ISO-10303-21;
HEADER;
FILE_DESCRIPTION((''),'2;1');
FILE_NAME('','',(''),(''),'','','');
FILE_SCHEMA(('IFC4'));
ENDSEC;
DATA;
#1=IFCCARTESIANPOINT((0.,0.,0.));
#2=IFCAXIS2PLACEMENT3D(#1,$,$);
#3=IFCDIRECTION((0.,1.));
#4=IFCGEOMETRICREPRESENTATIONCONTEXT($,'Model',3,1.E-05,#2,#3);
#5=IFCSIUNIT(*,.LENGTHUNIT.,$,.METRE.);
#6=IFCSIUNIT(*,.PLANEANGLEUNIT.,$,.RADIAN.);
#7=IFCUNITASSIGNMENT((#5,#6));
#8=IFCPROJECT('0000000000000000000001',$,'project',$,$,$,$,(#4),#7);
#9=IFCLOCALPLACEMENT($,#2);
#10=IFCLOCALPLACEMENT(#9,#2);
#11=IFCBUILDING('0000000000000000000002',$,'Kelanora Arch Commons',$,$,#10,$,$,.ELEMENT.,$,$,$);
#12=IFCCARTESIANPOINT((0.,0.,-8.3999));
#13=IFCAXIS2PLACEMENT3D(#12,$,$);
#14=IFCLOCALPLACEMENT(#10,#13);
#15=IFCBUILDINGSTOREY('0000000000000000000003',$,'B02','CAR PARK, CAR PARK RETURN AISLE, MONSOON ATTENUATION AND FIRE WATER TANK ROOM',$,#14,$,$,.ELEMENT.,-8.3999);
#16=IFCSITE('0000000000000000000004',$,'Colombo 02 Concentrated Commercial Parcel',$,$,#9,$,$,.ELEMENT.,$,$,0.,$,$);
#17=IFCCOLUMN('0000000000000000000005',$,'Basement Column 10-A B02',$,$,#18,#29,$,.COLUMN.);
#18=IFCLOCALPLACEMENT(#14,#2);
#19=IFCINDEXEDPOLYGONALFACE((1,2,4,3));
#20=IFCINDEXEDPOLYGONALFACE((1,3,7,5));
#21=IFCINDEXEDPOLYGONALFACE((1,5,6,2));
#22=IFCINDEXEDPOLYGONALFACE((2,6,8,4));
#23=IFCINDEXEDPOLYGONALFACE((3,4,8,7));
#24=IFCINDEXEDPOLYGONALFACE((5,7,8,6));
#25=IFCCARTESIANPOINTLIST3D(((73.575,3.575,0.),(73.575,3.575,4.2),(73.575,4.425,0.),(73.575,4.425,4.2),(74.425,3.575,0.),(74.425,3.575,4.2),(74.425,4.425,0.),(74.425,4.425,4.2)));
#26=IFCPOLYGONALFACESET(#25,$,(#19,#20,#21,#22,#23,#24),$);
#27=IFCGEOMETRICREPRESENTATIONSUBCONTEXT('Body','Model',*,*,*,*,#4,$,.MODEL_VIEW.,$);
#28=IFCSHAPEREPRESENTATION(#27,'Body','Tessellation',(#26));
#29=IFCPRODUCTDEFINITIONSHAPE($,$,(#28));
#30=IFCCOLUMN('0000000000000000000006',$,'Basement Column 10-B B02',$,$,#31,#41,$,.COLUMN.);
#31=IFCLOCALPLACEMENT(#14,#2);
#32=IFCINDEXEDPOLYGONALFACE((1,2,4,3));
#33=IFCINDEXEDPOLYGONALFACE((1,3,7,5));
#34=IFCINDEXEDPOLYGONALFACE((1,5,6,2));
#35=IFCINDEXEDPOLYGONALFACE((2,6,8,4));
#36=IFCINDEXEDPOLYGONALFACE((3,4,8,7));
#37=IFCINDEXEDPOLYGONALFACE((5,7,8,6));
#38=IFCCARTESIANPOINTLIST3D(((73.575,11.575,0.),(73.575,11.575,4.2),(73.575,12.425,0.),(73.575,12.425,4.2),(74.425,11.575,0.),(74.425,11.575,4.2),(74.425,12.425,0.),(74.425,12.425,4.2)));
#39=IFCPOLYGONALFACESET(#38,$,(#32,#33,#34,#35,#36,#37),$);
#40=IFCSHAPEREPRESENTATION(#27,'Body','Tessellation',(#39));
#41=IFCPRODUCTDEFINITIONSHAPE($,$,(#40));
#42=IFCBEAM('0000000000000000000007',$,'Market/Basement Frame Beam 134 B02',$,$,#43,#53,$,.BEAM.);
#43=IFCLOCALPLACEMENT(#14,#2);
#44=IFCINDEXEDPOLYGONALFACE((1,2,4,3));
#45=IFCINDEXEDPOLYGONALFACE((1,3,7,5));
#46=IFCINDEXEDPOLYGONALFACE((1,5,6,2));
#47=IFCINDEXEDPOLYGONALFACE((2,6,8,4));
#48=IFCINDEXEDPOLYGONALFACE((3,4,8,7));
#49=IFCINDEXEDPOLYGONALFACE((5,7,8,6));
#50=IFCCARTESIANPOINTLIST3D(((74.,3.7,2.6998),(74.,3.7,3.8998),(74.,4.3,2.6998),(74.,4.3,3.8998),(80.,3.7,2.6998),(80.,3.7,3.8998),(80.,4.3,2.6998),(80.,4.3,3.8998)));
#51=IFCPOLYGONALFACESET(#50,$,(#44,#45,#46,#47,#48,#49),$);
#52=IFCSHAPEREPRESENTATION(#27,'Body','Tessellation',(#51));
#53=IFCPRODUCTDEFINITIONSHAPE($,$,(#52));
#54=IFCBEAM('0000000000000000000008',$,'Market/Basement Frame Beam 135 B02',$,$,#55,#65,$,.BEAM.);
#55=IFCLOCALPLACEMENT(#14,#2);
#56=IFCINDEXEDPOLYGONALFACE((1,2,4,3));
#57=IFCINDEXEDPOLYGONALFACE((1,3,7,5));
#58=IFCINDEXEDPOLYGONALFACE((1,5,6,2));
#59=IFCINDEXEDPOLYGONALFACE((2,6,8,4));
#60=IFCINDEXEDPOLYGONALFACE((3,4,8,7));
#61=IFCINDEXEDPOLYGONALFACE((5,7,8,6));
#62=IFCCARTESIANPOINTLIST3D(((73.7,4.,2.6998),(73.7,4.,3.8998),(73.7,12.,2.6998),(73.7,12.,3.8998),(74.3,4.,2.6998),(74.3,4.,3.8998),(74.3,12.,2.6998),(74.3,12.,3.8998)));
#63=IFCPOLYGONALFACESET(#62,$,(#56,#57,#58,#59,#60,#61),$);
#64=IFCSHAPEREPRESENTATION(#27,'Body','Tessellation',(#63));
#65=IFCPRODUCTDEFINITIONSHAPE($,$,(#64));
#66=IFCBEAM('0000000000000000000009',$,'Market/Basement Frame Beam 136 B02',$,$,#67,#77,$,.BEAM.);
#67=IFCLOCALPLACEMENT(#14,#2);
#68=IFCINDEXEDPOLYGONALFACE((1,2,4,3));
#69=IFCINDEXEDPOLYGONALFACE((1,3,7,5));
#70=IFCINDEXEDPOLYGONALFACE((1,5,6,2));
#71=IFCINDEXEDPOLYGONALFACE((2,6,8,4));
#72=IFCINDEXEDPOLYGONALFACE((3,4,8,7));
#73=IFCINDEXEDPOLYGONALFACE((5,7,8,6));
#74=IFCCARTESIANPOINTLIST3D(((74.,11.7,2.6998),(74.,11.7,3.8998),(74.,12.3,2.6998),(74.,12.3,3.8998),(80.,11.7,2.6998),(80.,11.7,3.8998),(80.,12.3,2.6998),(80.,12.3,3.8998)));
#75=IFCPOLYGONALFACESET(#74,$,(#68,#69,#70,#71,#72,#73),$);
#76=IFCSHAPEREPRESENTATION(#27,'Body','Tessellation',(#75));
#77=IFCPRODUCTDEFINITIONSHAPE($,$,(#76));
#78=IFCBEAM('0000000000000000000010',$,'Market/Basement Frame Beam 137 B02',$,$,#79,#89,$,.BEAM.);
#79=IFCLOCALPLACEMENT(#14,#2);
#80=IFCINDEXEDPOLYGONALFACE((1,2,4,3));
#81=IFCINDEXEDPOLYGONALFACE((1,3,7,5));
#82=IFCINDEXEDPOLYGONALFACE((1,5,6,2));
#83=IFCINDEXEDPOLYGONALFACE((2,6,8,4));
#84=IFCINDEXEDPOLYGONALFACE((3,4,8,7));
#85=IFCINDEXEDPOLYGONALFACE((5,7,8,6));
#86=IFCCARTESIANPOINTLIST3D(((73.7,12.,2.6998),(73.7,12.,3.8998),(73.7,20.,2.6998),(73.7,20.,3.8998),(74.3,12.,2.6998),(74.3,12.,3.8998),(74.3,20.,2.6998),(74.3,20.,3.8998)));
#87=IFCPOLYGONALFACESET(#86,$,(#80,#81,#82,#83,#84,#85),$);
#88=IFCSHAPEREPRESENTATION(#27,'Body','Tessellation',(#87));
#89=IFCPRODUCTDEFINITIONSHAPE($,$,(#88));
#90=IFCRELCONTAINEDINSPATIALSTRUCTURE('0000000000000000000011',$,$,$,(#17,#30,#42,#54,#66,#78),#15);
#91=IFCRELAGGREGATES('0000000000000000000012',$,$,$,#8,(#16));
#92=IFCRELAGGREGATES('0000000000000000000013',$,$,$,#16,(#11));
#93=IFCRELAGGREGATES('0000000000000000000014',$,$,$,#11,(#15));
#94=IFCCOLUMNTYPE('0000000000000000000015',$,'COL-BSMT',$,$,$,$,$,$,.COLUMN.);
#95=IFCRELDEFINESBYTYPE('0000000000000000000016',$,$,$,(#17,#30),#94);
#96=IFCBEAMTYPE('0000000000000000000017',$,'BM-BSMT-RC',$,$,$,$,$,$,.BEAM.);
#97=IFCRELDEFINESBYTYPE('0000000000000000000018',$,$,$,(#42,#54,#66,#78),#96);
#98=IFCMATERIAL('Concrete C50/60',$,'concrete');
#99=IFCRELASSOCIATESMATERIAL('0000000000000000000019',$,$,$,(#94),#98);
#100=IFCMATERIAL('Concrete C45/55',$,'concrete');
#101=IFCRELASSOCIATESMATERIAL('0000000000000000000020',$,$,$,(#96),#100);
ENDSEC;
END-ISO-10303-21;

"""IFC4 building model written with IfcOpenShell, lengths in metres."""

from ifc_helpers import new_model, si_unit, direction, frame, origin, origin_2d, place, context, subcontext, project, spatial, rectangle, extrude, material, material_profile, profile_set, type_object, element, save


model = new_model("IFC4")

# Units and contexts
model_context = context("Model", 3, precision=1e-05, world=origin(), true_north=direction((0.0, 1.0)))
body_context = subcontext(model_context, "Body", "Model", "MODEL_VIEW")
ifc_project = project(units=[si_unit("LENGTHUNIT", "METRE"), si_unit("PLANEANGLEUNIT", "RADIAN")], contexts=[model_context])

# Site, building, storey
site_placement = place(None, origin())
site = spatial("IfcSite", under=ifc_project, at=site_placement, Name="Colombo 02 Concentrated Commercial Parcel", CompositionType="ELEMENT", RefElevation=0.0)
building_placement = place(site_placement, origin())
building = spatial("IfcBuilding", under=site, at=building_placement, Name="Kelanora Arch Commons", CompositionType="ELEMENT")
storey_placement = place(building_placement, frame((0.0, 0.0, -8.3999)))
storey = spatial("IfcBuildingStorey", under=building, at=storey_placement, Name="B02", Description="CAR PARK, CAR PARK RETURN AISLE, MONSOON ATTENUATION AND FIRE WATER TANK ROOM", CompositionType="ELEMENT", Elevation=-8.3999)

# Shared definitions
ifc_material_1 = material(Name="Concrete C45/55", Category="concrete")

# Columns
ifc_material_2 = material(Name="Concrete C50/60", Category="concrete")
ifc_material_profile_1 = material_profile(ifc_material_2, rectangle(XDim=0.8501, YDim=0.8501, at=origin_2d()), Name="RC850x850")
ifc_profile_set_1 = profile_set([ifc_material_profile_1], Name="Concrete C50/60")
column_type = type_object("IfcColumnType", Name="COL-BSMT", PredefinedType="COLUMN", material=ifc_profile_set_1)
for number, where, z_axis, x_axis, name in (
    (1, (74.0, 4.0, 0.0), (0.0, 0.0, 1.0), (1.0, 0.0, 0.0), "Basement Column 10-A B02"),
    (2, (74.0, 12.0, 0.0), (0.0, 0.0, 1.0), (1.0, 0.0, 0.0), "Basement Column 10-B B02"),
):
    element("IfcColumn", number, at=place(storey_placement, frame(where, z_axis=z_axis, x_axis=x_axis)), inside=storey, type_object=column_type, Name=name, PredefinedType="COLUMN", context=body_context, shape_type="SweptSolid", body=[
        extrude(rectangle(XDim=0.8501, YDim=0.8501, at=origin_2d()), origin(), (0.0, 0.0, 1.0), 4.2),
    ])

# Beams
ifc_material_profile_2 = material_profile(ifc_material_1, rectangle(XDim=0.6001, YDim=1.2, at=origin_2d()), Name="RCB600x1200")
ifc_profile_set_2 = profile_set([ifc_material_profile_2], Name="Concrete C45/55")
beam_type = type_object("IfcBeamType", Name="BM-BSMT-RC", PredefinedType="BEAM", material=ifc_profile_set_2)
beam_1_placement = place(storey_placement, frame((74.0, 4.0, 3.2998), z_axis=(1.0, 0.0, 0.0), x_axis=(0.0, 1.0, 0.0)))
element("IfcBeam", 3, at=beam_1_placement, inside=storey, type_object=beam_type, Name="Market/Basement Frame Beam 134 B02", PredefinedType="BEAM", context=body_context, shape_type="SweptSolid", body=[
    extrude(rectangle(XDim=0.6001, YDim=1.2, at=origin_2d()), origin(), (0.0, 0.0, 1.0), 6.0),
])
beam_2_placement = place(storey_placement, frame((74.0, 4.0, 3.2998), z_axis=(0.0, 1.0, 0.0), x_axis=(-1.0, 0.0, 0.0)))
element("IfcBeam", 4, at=beam_2_placement, inside=storey, type_object=beam_type, Name="Market/Basement Frame Beam 135 B02", PredefinedType="BEAM", context=body_context, shape_type="SweptSolid", body=[
    extrude(rectangle(XDim=0.6001, YDim=1.2, at=origin_2d()), origin(), (0.0, 0.0, 1.0), 8.0),
])
beam_3_placement = place(storey_placement, frame((74.0, 12.0, 3.2998), z_axis=(1.0, 0.0, 0.0), x_axis=(0.0, 1.0, 0.0)))
element("IfcBeam", 5, at=beam_3_placement, inside=storey, type_object=beam_type, Name="Market/Basement Frame Beam 136 B02", PredefinedType="BEAM", context=body_context, shape_type="SweptSolid", body=[
    extrude(rectangle(XDim=0.6001, YDim=1.2, at=origin_2d()), origin(), (0.0, 0.0, 1.0), 6.0),
])
beam_4_placement = place(storey_placement, frame((74.0, 12.0, 3.2998), z_axis=(0.0, 1.0, 0.0), x_axis=(-1.0, 0.0, 0.0)))
element("IfcBeam", 6, at=beam_4_placement, inside=storey, type_object=beam_type, Name="Market/Basement Frame Beam 137 B02", PredefinedType="BEAM", context=body_context, shape_type="SweptSolid", body=[
    extrude(rectangle(XDim=0.6001, YDim=1.2, at=origin_2d()), origin(), (0.0, 0.0, 1.0), 8.0),
])

save(model, "model.ifc")
